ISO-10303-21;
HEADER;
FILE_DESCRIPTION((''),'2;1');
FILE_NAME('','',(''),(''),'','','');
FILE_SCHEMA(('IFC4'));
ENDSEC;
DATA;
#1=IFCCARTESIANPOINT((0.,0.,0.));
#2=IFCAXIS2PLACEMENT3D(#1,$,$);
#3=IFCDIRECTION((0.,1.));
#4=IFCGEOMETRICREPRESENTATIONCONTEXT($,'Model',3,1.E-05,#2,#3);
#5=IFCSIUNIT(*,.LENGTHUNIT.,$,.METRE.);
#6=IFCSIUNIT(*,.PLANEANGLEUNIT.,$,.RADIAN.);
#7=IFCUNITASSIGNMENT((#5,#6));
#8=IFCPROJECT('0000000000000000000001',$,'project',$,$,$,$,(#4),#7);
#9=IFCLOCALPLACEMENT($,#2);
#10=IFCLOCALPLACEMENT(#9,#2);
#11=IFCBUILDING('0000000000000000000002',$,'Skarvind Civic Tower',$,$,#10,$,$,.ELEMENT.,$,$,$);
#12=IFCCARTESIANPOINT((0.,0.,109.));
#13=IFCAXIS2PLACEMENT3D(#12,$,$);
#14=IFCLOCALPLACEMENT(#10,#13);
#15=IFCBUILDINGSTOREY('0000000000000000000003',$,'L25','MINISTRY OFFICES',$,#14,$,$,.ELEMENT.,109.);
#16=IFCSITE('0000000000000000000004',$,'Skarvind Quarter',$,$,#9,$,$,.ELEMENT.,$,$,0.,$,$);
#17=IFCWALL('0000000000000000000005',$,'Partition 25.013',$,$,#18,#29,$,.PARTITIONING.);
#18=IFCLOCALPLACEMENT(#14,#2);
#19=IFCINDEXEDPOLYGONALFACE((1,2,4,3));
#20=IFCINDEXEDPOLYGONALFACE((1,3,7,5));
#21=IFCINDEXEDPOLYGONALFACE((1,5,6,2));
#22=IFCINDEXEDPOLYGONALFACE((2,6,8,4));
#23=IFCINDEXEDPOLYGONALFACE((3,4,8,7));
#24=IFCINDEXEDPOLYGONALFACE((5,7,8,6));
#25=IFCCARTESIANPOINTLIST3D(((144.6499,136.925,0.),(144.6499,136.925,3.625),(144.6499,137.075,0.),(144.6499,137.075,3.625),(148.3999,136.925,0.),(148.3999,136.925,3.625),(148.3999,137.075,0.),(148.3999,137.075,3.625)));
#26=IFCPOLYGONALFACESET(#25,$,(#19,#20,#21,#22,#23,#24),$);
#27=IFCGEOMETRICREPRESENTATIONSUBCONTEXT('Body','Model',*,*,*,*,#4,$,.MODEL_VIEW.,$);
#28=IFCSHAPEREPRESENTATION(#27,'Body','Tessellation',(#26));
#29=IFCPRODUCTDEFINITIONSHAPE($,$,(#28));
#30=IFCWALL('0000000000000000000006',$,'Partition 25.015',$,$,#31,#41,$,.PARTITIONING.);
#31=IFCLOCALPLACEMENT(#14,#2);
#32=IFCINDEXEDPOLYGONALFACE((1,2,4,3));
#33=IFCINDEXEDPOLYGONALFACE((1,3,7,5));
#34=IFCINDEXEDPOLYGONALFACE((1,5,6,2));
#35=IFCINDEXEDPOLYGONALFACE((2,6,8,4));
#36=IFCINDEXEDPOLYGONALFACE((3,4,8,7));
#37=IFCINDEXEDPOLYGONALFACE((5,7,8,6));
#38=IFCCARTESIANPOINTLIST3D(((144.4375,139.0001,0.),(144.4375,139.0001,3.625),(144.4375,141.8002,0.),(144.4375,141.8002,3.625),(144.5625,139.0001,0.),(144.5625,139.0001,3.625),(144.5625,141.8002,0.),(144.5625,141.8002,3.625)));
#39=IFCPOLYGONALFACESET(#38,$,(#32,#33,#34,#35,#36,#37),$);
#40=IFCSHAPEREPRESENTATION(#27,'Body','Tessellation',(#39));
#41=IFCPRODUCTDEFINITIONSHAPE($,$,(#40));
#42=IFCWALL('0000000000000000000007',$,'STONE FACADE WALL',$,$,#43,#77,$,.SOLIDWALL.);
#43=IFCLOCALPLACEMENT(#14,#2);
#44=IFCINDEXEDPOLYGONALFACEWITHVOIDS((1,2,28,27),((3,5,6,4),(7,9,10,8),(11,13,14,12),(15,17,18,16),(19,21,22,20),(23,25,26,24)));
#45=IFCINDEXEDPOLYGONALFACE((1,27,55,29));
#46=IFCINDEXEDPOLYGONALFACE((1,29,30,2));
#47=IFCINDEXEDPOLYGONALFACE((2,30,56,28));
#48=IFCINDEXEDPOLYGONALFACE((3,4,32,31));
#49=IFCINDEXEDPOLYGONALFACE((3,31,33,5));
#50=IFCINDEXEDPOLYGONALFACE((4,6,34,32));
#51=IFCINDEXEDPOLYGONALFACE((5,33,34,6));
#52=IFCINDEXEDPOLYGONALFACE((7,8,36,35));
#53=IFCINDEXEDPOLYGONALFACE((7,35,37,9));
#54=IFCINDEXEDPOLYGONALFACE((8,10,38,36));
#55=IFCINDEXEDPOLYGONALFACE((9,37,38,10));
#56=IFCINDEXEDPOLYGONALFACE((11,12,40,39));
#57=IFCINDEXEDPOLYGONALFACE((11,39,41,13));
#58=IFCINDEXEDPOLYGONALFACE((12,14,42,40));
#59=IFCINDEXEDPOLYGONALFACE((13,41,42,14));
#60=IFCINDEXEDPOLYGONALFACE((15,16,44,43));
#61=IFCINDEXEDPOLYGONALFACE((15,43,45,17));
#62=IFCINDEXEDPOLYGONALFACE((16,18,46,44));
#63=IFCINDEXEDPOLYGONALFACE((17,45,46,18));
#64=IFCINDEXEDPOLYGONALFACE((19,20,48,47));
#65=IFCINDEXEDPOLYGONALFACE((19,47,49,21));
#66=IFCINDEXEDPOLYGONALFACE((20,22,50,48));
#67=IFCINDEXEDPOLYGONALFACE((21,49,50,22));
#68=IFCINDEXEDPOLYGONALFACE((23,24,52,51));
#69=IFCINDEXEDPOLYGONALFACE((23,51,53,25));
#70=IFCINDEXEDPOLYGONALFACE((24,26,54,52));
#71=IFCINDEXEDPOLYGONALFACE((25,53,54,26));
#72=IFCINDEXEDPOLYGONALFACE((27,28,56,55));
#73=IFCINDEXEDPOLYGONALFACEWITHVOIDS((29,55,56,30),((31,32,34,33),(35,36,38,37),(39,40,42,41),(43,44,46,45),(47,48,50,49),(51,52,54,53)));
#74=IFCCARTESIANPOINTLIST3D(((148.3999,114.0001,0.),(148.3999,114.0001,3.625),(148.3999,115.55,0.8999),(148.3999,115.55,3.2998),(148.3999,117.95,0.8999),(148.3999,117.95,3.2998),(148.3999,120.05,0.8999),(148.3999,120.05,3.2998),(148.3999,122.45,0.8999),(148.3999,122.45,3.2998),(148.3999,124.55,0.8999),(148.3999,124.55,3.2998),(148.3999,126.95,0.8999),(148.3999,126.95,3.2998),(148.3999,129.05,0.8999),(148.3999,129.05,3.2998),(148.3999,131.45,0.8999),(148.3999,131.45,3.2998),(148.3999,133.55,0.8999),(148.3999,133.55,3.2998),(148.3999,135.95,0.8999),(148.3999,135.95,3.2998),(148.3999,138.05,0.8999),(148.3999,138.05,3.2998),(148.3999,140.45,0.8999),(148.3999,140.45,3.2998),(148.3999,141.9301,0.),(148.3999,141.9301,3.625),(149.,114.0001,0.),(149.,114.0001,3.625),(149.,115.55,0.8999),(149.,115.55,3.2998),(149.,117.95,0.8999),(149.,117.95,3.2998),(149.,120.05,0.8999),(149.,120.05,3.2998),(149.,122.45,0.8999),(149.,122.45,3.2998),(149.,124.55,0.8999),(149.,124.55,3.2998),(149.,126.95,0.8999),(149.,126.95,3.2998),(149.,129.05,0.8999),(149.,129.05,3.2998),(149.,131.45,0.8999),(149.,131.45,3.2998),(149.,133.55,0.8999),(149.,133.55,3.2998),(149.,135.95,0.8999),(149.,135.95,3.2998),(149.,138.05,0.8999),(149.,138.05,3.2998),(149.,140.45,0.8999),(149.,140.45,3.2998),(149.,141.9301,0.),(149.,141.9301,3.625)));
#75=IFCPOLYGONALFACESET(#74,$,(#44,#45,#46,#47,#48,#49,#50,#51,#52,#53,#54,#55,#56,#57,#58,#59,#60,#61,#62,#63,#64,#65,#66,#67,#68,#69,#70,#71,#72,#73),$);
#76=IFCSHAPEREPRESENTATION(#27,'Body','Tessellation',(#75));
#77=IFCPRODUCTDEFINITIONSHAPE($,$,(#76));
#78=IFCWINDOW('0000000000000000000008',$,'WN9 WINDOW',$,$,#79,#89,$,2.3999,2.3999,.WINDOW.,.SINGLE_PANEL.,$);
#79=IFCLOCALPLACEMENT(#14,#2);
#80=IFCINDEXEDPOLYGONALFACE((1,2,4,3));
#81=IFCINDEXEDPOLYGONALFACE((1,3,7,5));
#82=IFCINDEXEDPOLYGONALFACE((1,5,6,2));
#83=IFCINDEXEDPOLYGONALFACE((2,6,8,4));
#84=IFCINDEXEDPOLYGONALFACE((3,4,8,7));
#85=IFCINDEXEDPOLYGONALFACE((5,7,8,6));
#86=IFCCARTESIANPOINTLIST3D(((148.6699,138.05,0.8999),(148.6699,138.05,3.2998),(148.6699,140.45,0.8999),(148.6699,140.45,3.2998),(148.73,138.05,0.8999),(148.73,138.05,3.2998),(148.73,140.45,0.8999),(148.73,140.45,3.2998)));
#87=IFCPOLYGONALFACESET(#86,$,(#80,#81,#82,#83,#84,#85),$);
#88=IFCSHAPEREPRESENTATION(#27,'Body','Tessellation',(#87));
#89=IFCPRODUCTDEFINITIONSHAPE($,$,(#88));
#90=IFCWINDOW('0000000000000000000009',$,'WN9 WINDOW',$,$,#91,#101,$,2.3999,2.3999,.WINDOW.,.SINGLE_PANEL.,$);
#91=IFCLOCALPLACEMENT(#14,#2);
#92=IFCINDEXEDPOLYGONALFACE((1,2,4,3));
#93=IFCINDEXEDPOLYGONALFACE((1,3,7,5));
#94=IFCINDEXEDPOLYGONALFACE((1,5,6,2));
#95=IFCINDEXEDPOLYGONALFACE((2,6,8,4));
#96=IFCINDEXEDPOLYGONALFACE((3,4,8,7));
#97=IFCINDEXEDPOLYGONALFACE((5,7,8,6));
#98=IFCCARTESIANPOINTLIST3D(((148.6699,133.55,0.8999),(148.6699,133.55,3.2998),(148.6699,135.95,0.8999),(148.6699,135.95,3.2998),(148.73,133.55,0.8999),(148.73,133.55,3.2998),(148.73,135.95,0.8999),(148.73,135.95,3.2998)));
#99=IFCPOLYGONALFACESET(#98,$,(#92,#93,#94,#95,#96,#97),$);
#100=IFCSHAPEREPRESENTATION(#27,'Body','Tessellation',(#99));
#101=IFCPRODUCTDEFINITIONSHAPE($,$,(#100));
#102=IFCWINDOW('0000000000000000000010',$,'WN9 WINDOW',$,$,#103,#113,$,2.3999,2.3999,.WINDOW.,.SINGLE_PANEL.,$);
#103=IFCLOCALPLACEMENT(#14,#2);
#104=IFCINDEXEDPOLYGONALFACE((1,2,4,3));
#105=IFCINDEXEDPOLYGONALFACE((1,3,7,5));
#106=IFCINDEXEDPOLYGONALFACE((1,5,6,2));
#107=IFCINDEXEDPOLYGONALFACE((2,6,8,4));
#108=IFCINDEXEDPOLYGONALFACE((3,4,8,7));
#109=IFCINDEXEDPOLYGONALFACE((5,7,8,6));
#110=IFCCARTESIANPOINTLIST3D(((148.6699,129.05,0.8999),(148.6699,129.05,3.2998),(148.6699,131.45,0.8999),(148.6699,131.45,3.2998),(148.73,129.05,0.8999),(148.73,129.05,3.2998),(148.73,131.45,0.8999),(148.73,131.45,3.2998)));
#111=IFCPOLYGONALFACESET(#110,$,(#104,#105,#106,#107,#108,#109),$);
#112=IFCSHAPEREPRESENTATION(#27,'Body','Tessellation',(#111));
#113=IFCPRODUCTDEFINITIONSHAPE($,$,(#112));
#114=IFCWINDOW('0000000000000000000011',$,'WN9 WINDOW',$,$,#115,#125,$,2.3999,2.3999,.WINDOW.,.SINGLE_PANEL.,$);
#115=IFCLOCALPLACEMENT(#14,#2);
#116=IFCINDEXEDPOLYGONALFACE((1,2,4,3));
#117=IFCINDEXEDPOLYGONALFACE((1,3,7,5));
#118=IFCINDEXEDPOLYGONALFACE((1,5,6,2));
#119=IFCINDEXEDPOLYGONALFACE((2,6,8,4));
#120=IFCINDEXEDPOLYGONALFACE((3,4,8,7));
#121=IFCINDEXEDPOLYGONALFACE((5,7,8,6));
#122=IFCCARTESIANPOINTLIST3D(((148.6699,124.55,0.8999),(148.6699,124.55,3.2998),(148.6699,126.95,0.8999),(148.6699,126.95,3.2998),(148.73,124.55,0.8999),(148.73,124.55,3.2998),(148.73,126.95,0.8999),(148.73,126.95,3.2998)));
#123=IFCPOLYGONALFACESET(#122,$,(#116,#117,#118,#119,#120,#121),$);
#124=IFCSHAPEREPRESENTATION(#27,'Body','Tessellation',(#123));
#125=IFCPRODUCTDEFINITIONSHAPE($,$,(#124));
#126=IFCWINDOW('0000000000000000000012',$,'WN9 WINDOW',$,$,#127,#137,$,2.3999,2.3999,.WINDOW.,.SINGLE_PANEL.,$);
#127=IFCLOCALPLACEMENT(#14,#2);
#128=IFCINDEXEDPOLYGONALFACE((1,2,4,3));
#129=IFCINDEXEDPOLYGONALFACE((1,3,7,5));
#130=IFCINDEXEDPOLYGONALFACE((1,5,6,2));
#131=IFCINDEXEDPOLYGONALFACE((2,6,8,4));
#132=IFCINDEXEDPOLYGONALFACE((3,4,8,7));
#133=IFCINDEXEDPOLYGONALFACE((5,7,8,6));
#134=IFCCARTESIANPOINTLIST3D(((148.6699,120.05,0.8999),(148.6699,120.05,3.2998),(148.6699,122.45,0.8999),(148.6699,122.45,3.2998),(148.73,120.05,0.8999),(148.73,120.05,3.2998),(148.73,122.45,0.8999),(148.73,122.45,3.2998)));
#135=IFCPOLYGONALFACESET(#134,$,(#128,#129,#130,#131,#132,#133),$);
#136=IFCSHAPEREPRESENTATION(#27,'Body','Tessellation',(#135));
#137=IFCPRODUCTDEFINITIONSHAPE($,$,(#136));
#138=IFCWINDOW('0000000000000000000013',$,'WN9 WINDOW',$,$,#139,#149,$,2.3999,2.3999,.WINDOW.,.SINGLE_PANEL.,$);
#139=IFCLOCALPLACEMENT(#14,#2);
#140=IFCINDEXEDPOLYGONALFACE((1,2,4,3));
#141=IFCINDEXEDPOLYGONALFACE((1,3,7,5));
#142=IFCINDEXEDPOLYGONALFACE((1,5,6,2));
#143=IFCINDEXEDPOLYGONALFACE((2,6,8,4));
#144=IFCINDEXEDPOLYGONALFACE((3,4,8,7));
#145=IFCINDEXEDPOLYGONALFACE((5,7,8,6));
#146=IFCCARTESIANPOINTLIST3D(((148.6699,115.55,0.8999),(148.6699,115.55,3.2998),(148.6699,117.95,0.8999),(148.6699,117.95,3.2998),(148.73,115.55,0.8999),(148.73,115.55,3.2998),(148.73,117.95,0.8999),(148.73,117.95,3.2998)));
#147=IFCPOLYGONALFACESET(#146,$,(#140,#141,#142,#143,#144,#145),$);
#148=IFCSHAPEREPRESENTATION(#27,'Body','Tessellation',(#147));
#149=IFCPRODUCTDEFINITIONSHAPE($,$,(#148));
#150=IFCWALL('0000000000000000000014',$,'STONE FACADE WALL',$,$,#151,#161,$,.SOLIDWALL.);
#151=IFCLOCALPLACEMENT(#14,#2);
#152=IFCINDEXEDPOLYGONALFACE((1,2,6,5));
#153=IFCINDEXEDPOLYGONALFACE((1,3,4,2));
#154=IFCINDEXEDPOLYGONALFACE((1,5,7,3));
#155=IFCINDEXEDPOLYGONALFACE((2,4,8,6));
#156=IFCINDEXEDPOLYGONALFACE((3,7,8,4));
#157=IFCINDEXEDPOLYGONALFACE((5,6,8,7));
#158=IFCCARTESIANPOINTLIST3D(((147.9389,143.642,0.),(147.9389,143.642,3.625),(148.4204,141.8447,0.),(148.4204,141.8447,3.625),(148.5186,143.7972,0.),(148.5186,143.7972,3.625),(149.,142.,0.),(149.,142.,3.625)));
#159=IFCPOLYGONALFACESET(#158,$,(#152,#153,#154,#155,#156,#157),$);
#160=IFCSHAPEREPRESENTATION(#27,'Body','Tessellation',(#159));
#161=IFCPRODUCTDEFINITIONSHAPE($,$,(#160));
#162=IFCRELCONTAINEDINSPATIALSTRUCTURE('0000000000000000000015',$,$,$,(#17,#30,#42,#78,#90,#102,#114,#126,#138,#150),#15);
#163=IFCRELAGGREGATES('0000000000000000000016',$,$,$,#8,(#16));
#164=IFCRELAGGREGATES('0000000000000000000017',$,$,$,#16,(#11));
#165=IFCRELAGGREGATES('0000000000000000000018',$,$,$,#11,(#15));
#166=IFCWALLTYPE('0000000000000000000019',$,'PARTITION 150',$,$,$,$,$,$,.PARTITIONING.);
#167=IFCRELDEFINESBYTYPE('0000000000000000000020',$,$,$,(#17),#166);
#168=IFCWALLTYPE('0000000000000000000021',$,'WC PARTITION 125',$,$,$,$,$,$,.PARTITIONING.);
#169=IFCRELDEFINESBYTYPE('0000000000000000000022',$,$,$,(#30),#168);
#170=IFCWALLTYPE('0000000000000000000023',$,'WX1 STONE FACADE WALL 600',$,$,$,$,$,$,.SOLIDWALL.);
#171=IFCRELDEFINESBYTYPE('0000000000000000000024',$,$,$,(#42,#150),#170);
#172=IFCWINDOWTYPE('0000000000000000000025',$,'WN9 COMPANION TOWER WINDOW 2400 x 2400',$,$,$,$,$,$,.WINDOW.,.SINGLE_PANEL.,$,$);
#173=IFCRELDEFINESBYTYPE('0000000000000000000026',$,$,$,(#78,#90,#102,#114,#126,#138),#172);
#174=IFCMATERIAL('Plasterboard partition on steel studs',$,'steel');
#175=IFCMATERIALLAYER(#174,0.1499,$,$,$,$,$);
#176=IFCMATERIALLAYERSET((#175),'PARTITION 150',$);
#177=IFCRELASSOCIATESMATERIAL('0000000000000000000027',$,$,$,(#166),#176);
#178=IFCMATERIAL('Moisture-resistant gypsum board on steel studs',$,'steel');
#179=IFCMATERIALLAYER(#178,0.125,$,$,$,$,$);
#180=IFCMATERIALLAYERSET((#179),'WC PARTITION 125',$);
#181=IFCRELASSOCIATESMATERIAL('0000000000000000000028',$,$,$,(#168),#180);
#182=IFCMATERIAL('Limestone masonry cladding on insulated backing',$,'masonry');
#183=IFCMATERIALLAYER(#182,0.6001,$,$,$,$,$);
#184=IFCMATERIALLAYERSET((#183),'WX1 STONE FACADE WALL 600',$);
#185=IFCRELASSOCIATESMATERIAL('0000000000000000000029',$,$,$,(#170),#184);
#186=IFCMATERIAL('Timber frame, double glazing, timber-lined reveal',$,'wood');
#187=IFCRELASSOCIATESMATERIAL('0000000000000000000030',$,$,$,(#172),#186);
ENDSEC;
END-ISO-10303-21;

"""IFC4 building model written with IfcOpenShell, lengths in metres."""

from ifc_helpers import new_model, si_unit, direction, frame, frame_2d, origin, place, context, subcontext, project, spatial, rectangle, extrude, material, layer, layer_set, type_object, element, fill, save


model = new_model("IFC4")

# Units and contexts
model_context = context("Model", 3, precision=1e-05, world=origin(), true_north=direction((0.0, 1.0)))
body_context = subcontext(model_context, "Body", "Model", "MODEL_VIEW")
ifc_project = project(units=[si_unit("LENGTHUNIT", "METRE"), si_unit("PLANEANGLEUNIT", "RADIAN")], contexts=[model_context])

# Site, building, storey
site_placement = place(None, origin())
site = spatial("IfcSite", under=ifc_project, at=site_placement, Name="Skarvind Quarter", CompositionType="ELEMENT", RefElevation=0.0)
building_placement = place(site_placement, origin())
building = spatial("IfcBuilding", under=site, at=building_placement, Name="Skarvind Civic Tower", CompositionType="ELEMENT")
storey_placement = place(building_placement, frame((0.0, 0.0, 109.0)))
storey = spatial("IfcBuildingStorey", under=building, at=storey_placement, Name="L25", Description="MINISTRY OFFICES", CompositionType="ELEMENT", Elevation=109.0)

# Walls
ifc_material_1 = material(Name="Plasterboard partition on steel studs", Category="steel")
ifc_layer_1 = layer(ifc_material_1, 0.1499)
ifc_layer_set_1 = layer_set([ifc_layer_1], Name="PARTITION 150")
wall_type_1 = type_object("IfcWallType", Name="PARTITION 150", PredefinedType="PARTITIONING", material=ifc_layer_set_1)
wall_1_placement = place(storey_placement, frame((144.6499, 137.0, 0.0), z_axis=(0.0, 0.0, 1.0), x_axis=(1.0, 0.0, 0.0)))
element("IfcWall", 1, at=wall_1_placement, inside=storey, type_object=wall_type_1, Name="Partition 25.013", PredefinedType="PARTITIONING", context=body_context, shape_type="SweptSolid", body=[
    extrude(rectangle(XDim=3.75, YDim=0.1499, at=frame_2d((1.875, 0.0))), origin(), (0.0, 0.0, 1.0), 3.625),
])
ifc_material_2 = material(Name="Moisture-resistant gypsum board on steel studs", Category="steel")
ifc_layer_2 = layer(ifc_material_2, 0.125)
ifc_layer_set_2 = layer_set([ifc_layer_2], Name="WC PARTITION 125")
wall_type_2 = type_object("IfcWallType", Name="WC PARTITION 125", PredefinedType="PARTITIONING", material=ifc_layer_set_2)
wall_2_placement = place(storey_placement, frame((144.5, 141.8, 0.0), z_axis=(0.0, 0.0, 1.0), x_axis=(0.0, -1.0, 0.0)))
element("IfcWall", 2, at=wall_2_placement, inside=storey, type_object=wall_type_2, Name="Partition 25.015", PredefinedType="PARTITIONING", context=body_context, shape_type="SweptSolid", body=[
    extrude(rectangle(XDim=2.8, YDim=0.125, at=frame_2d((1.3999, 0.0))), origin(), (0.0, 0.0, 1.0), 3.625),
])

# Wall, openings, windows
ifc_material_3 = material(Name="Limestone masonry cladding on insulated backing", Category="masonry")
ifc_layer_3 = layer(ifc_material_3, 0.6001)
ifc_layer_set_3 = layer_set([ifc_layer_3], Name="WX1 STONE FACADE WALL 600")
wall_type_3 = type_object("IfcWallType", Name="WX1 STONE FACADE WALL 600", PredefinedType="SOLIDWALL", material=ifc_layer_set_3)
wall_3_placement = place(storey_placement, frame((148.7, 141.9299, 0.0), z_axis=(0.0, 0.0, 1.0), x_axis=(0.0, -1.0, 0.0)))
wall_3 = element("IfcWall", 3, at=wall_3_placement, inside=storey, type_object=wall_type_3, Name="STONE FACADE WALL", PredefinedType="SOLIDWALL", context=body_context, shape_type="SweptSolid", body=[
    extrude(rectangle(XDim=27.9299, YDim=0.6001, at=frame_2d((13.9648, 0.0))), origin(), (0.0, 0.0, 1.0), 3.625),
])
opening_1_placement = place(wall_3_placement, frame((1.48, 0.0, 0.8999)))
opening_1 = element("IfcOpeningElement", 4, at=opening_1_placement, cuts=wall_3, PredefinedType="OPENING", context=body_context, shape_type="SweptSolid", body=[
    extrude(rectangle(XDim=2.3999, YDim=2.3999, at=frame_2d((1.2, 1.2))), frame((0.0, 0.3101, 0.0), z_axis=(0.0, -1.0, 0.0), x_axis=(1.0, 0.0, 0.0)), (0.0, 0.0, 1.0), 0.6201),
])
opening_2_placement = place(wall_3_placement, frame((5.98, 0.0, 0.8999)))
opening_2 = element("IfcOpeningElement", 5, at=opening_2_placement, cuts=wall_3, PredefinedType="OPENING", context=body_context, shape_type="SweptSolid", body=[
    extrude(rectangle(XDim=2.3999, YDim=2.3999, at=frame_2d((1.2, 1.2))), frame((0.0, 0.3101, 0.0), z_axis=(0.0, -1.0, 0.0), x_axis=(1.0, 0.0, 0.0)), (0.0, 0.0, 1.0), 0.6201),
])
opening_3_placement = place(wall_3_placement, frame((10.48, 0.0, 0.8999)))
opening_3 = element("IfcOpeningElement", 6, at=opening_3_placement, cuts=wall_3, PredefinedType="OPENING", context=body_context, shape_type="SweptSolid", body=[
    extrude(rectangle(XDim=2.3999, YDim=2.3999, at=frame_2d((1.2, 1.2))), frame((0.0, 0.3101, 0.0), z_axis=(0.0, -1.0, 0.0), x_axis=(1.0, 0.0, 0.0)), (0.0, 0.0, 1.0), 0.6201),
])
opening_4_placement = place(wall_3_placement, frame((14.98, 0.0, 0.8999)))
opening_4 = element("IfcOpeningElement", 7, at=opening_4_placement, cuts=wall_3, PredefinedType="OPENING", context=body_context, shape_type="SweptSolid", body=[
    extrude(rectangle(XDim=2.3999, YDim=2.3999, at=frame_2d((1.2, 1.2))), frame((0.0, 0.3101, 0.0), z_axis=(0.0, -1.0, 0.0), x_axis=(1.0, 0.0, 0.0)), (0.0, 0.0, 1.0), 0.6201),
])
opening_5_placement = place(wall_3_placement, frame((19.48, 0.0, 0.8999)))
opening_5 = element("IfcOpeningElement", 8, at=opening_5_placement, cuts=wall_3, PredefinedType="OPENING", context=body_context, shape_type="SweptSolid", body=[
    extrude(rectangle(XDim=2.3999, YDim=2.3999, at=frame_2d((1.2, 1.2))), frame((0.0, 0.3101, 0.0), z_axis=(0.0, -1.0, 0.0), x_axis=(1.0, 0.0, 0.0)), (0.0, 0.0, 1.0), 0.6201),
])
opening_6_placement = place(wall_3_placement, frame((23.98, 0.0, 0.8999)))
opening_6 = element("IfcOpeningElement", 9, at=opening_6_placement, cuts=wall_3, PredefinedType="OPENING", context=body_context, shape_type="SweptSolid", body=[
    extrude(rectangle(XDim=2.3999, YDim=2.3999, at=frame_2d((1.2, 1.2))), frame((0.0, 0.3101, 0.0), z_axis=(0.0, -1.0, 0.0), x_axis=(1.0, 0.0, 0.0)), (0.0, 0.0, 1.0), 0.6201),
])
ifc_material_4 = material(Name="Timber frame, double glazing, timber-lined reveal", Category="wood")
window_type = type_object("IfcWindowType", Name="WN9 COMPANION TOWER WINDOW 2400 x 2400", PartitioningType="SINGLE_PANEL", PredefinedType="WINDOW", material=ifc_material_4)
window_1_placement = place(opening_1_placement, origin())
window_1 = element("IfcWindow", 10, at=window_1_placement, inside=storey, type_object=window_type, Name="WN9 WINDOW", OverallHeight=2.3999, OverallWidth=2.3999, PartitioningType="SINGLE_PANEL", PredefinedType="WINDOW", context=body_context, shape_type="SweptSolid", body=[
    extrude(rectangle(XDim=2.3999, YDim=2.3999, at=frame_2d((1.2, 1.2))), frame((0.0, 0.03, 0.0), z_axis=(0.0, -1.0, 0.0), x_axis=(1.0, 0.0, 0.0)), (0.0, 0.0, 1.0), 0.0601),
])
fill(opening_1, window_1)
window_2_placement = place(opening_2_placement, origin())
window_2 = element("IfcWindow", 11, at=window_2_placement, inside=storey, type_object=window_type, Name="WN9 WINDOW", OverallHeight=2.3999, OverallWidth=2.3999, PartitioningType="SINGLE_PANEL", PredefinedType="WINDOW", context=body_context, shape_type="SweptSolid", body=[
    extrude(rectangle(XDim=2.3999, YDim=2.3999, at=frame_2d((1.2, 1.2))), frame((0.0, 0.03, 0.0), z_axis=(0.0, -1.0, 0.0), x_axis=(1.0, 0.0, 0.0)), (0.0, 0.0, 1.0), 0.0601),
])
fill(opening_2, window_2)
window_3_placement = place(opening_3_placement, origin())
window_3 = element("IfcWindow", 12, at=window_3_placement, inside=storey, type_object=window_type, Name="WN9 WINDOW", OverallHeight=2.3999, OverallWidth=2.3999, PartitioningType="SINGLE_PANEL", PredefinedType="WINDOW", context=body_context, shape_type="SweptSolid", body=[
    extrude(rectangle(XDim=2.3999, YDim=2.3999, at=frame_2d((1.2, 1.2))), frame((0.0, 0.03, 0.0), z_axis=(0.0, -1.0, 0.0), x_axis=(1.0, 0.0, 0.0)), (0.0, 0.0, 1.0), 0.0601),
])
fill(opening_3, window_3)
window_4_placement = place(opening_4_placement, origin())
window_4 = element("IfcWindow", 13, at=window_4_placement, inside=storey, type_object=window_type, Name="WN9 WINDOW", OverallHeight=2.3999, OverallWidth=2.3999, PartitioningType="SINGLE_PANEL", PredefinedType="WINDOW", context=body_context, shape_type="SweptSolid", body=[
    extrude(rectangle(XDim=2.3999, YDim=2.3999, at=frame_2d((1.2, 1.2))), frame((0.0, 0.03, 0.0), z_axis=(0.0, -1.0, 0.0), x_axis=(1.0, 0.0, 0.0)), (0.0, 0.0, 1.0), 0.0601),
])
fill(opening_4, window_4)
window_5_placement = place(opening_5_placement, origin())
window_5 = element("IfcWindow", 14, at=window_5_placement, inside=storey, type_object=window_type, Name="WN9 WINDOW", OverallHeight=2.3999, OverallWidth=2.3999, PartitioningType="SINGLE_PANEL", PredefinedType="WINDOW", context=body_context, shape_type="SweptSolid", body=[
    extrude(rectangle(XDim=2.3999, YDim=2.3999, at=frame_2d((1.2, 1.2))), frame((0.0, 0.03, 0.0), z_axis=(0.0, -1.0, 0.0), x_axis=(1.0, 0.0, 0.0)), (0.0, 0.0, 1.0), 0.0601),
])
fill(opening_5, window_5)
window_6_placement = place(opening_6_placement, origin())
window_6 = element("IfcWindow", 15, at=window_6_placement, inside=storey, type_object=window_type, Name="WN9 WINDOW", OverallHeight=2.3999, OverallWidth=2.3999, PartitioningType="SINGLE_PANEL", PredefinedType="WINDOW", context=body_context, shape_type="SweptSolid", body=[
    extrude(rectangle(XDim=2.3999, YDim=2.3999, at=frame_2d((1.2, 1.2))), frame((0.0, 0.03, 0.0), z_axis=(0.0, -1.0, 0.0), x_axis=(1.0, 0.0, 0.0)), (0.0, 0.0, 1.0), 0.0601),
])
fill(opening_6, window_6)

# Wall
for number, where, z_axis, x_axis, name in (
    (16, (148.2288, 143.7195, 0.0), (0.0, 0.0, 1.0), (0.258773, -0.965938, 0.0), "STONE FACADE WALL"),
):
    element("IfcWall", number, at=place(storey_placement, frame(where, z_axis=z_axis, x_axis=x_axis)), inside=storey, type_object=wall_type_3, Name=name, PredefinedType="SOLIDWALL", context=body_context, shape_type="SweptSolid", body=[
        extrude(rectangle(XDim=1.8606, YDim=0.6001, at=frame_2d((0.9302, 0.0))), origin(), (0.0, 0.0, 1.0), 3.625),
    ])

save(model, "model.ifc")
